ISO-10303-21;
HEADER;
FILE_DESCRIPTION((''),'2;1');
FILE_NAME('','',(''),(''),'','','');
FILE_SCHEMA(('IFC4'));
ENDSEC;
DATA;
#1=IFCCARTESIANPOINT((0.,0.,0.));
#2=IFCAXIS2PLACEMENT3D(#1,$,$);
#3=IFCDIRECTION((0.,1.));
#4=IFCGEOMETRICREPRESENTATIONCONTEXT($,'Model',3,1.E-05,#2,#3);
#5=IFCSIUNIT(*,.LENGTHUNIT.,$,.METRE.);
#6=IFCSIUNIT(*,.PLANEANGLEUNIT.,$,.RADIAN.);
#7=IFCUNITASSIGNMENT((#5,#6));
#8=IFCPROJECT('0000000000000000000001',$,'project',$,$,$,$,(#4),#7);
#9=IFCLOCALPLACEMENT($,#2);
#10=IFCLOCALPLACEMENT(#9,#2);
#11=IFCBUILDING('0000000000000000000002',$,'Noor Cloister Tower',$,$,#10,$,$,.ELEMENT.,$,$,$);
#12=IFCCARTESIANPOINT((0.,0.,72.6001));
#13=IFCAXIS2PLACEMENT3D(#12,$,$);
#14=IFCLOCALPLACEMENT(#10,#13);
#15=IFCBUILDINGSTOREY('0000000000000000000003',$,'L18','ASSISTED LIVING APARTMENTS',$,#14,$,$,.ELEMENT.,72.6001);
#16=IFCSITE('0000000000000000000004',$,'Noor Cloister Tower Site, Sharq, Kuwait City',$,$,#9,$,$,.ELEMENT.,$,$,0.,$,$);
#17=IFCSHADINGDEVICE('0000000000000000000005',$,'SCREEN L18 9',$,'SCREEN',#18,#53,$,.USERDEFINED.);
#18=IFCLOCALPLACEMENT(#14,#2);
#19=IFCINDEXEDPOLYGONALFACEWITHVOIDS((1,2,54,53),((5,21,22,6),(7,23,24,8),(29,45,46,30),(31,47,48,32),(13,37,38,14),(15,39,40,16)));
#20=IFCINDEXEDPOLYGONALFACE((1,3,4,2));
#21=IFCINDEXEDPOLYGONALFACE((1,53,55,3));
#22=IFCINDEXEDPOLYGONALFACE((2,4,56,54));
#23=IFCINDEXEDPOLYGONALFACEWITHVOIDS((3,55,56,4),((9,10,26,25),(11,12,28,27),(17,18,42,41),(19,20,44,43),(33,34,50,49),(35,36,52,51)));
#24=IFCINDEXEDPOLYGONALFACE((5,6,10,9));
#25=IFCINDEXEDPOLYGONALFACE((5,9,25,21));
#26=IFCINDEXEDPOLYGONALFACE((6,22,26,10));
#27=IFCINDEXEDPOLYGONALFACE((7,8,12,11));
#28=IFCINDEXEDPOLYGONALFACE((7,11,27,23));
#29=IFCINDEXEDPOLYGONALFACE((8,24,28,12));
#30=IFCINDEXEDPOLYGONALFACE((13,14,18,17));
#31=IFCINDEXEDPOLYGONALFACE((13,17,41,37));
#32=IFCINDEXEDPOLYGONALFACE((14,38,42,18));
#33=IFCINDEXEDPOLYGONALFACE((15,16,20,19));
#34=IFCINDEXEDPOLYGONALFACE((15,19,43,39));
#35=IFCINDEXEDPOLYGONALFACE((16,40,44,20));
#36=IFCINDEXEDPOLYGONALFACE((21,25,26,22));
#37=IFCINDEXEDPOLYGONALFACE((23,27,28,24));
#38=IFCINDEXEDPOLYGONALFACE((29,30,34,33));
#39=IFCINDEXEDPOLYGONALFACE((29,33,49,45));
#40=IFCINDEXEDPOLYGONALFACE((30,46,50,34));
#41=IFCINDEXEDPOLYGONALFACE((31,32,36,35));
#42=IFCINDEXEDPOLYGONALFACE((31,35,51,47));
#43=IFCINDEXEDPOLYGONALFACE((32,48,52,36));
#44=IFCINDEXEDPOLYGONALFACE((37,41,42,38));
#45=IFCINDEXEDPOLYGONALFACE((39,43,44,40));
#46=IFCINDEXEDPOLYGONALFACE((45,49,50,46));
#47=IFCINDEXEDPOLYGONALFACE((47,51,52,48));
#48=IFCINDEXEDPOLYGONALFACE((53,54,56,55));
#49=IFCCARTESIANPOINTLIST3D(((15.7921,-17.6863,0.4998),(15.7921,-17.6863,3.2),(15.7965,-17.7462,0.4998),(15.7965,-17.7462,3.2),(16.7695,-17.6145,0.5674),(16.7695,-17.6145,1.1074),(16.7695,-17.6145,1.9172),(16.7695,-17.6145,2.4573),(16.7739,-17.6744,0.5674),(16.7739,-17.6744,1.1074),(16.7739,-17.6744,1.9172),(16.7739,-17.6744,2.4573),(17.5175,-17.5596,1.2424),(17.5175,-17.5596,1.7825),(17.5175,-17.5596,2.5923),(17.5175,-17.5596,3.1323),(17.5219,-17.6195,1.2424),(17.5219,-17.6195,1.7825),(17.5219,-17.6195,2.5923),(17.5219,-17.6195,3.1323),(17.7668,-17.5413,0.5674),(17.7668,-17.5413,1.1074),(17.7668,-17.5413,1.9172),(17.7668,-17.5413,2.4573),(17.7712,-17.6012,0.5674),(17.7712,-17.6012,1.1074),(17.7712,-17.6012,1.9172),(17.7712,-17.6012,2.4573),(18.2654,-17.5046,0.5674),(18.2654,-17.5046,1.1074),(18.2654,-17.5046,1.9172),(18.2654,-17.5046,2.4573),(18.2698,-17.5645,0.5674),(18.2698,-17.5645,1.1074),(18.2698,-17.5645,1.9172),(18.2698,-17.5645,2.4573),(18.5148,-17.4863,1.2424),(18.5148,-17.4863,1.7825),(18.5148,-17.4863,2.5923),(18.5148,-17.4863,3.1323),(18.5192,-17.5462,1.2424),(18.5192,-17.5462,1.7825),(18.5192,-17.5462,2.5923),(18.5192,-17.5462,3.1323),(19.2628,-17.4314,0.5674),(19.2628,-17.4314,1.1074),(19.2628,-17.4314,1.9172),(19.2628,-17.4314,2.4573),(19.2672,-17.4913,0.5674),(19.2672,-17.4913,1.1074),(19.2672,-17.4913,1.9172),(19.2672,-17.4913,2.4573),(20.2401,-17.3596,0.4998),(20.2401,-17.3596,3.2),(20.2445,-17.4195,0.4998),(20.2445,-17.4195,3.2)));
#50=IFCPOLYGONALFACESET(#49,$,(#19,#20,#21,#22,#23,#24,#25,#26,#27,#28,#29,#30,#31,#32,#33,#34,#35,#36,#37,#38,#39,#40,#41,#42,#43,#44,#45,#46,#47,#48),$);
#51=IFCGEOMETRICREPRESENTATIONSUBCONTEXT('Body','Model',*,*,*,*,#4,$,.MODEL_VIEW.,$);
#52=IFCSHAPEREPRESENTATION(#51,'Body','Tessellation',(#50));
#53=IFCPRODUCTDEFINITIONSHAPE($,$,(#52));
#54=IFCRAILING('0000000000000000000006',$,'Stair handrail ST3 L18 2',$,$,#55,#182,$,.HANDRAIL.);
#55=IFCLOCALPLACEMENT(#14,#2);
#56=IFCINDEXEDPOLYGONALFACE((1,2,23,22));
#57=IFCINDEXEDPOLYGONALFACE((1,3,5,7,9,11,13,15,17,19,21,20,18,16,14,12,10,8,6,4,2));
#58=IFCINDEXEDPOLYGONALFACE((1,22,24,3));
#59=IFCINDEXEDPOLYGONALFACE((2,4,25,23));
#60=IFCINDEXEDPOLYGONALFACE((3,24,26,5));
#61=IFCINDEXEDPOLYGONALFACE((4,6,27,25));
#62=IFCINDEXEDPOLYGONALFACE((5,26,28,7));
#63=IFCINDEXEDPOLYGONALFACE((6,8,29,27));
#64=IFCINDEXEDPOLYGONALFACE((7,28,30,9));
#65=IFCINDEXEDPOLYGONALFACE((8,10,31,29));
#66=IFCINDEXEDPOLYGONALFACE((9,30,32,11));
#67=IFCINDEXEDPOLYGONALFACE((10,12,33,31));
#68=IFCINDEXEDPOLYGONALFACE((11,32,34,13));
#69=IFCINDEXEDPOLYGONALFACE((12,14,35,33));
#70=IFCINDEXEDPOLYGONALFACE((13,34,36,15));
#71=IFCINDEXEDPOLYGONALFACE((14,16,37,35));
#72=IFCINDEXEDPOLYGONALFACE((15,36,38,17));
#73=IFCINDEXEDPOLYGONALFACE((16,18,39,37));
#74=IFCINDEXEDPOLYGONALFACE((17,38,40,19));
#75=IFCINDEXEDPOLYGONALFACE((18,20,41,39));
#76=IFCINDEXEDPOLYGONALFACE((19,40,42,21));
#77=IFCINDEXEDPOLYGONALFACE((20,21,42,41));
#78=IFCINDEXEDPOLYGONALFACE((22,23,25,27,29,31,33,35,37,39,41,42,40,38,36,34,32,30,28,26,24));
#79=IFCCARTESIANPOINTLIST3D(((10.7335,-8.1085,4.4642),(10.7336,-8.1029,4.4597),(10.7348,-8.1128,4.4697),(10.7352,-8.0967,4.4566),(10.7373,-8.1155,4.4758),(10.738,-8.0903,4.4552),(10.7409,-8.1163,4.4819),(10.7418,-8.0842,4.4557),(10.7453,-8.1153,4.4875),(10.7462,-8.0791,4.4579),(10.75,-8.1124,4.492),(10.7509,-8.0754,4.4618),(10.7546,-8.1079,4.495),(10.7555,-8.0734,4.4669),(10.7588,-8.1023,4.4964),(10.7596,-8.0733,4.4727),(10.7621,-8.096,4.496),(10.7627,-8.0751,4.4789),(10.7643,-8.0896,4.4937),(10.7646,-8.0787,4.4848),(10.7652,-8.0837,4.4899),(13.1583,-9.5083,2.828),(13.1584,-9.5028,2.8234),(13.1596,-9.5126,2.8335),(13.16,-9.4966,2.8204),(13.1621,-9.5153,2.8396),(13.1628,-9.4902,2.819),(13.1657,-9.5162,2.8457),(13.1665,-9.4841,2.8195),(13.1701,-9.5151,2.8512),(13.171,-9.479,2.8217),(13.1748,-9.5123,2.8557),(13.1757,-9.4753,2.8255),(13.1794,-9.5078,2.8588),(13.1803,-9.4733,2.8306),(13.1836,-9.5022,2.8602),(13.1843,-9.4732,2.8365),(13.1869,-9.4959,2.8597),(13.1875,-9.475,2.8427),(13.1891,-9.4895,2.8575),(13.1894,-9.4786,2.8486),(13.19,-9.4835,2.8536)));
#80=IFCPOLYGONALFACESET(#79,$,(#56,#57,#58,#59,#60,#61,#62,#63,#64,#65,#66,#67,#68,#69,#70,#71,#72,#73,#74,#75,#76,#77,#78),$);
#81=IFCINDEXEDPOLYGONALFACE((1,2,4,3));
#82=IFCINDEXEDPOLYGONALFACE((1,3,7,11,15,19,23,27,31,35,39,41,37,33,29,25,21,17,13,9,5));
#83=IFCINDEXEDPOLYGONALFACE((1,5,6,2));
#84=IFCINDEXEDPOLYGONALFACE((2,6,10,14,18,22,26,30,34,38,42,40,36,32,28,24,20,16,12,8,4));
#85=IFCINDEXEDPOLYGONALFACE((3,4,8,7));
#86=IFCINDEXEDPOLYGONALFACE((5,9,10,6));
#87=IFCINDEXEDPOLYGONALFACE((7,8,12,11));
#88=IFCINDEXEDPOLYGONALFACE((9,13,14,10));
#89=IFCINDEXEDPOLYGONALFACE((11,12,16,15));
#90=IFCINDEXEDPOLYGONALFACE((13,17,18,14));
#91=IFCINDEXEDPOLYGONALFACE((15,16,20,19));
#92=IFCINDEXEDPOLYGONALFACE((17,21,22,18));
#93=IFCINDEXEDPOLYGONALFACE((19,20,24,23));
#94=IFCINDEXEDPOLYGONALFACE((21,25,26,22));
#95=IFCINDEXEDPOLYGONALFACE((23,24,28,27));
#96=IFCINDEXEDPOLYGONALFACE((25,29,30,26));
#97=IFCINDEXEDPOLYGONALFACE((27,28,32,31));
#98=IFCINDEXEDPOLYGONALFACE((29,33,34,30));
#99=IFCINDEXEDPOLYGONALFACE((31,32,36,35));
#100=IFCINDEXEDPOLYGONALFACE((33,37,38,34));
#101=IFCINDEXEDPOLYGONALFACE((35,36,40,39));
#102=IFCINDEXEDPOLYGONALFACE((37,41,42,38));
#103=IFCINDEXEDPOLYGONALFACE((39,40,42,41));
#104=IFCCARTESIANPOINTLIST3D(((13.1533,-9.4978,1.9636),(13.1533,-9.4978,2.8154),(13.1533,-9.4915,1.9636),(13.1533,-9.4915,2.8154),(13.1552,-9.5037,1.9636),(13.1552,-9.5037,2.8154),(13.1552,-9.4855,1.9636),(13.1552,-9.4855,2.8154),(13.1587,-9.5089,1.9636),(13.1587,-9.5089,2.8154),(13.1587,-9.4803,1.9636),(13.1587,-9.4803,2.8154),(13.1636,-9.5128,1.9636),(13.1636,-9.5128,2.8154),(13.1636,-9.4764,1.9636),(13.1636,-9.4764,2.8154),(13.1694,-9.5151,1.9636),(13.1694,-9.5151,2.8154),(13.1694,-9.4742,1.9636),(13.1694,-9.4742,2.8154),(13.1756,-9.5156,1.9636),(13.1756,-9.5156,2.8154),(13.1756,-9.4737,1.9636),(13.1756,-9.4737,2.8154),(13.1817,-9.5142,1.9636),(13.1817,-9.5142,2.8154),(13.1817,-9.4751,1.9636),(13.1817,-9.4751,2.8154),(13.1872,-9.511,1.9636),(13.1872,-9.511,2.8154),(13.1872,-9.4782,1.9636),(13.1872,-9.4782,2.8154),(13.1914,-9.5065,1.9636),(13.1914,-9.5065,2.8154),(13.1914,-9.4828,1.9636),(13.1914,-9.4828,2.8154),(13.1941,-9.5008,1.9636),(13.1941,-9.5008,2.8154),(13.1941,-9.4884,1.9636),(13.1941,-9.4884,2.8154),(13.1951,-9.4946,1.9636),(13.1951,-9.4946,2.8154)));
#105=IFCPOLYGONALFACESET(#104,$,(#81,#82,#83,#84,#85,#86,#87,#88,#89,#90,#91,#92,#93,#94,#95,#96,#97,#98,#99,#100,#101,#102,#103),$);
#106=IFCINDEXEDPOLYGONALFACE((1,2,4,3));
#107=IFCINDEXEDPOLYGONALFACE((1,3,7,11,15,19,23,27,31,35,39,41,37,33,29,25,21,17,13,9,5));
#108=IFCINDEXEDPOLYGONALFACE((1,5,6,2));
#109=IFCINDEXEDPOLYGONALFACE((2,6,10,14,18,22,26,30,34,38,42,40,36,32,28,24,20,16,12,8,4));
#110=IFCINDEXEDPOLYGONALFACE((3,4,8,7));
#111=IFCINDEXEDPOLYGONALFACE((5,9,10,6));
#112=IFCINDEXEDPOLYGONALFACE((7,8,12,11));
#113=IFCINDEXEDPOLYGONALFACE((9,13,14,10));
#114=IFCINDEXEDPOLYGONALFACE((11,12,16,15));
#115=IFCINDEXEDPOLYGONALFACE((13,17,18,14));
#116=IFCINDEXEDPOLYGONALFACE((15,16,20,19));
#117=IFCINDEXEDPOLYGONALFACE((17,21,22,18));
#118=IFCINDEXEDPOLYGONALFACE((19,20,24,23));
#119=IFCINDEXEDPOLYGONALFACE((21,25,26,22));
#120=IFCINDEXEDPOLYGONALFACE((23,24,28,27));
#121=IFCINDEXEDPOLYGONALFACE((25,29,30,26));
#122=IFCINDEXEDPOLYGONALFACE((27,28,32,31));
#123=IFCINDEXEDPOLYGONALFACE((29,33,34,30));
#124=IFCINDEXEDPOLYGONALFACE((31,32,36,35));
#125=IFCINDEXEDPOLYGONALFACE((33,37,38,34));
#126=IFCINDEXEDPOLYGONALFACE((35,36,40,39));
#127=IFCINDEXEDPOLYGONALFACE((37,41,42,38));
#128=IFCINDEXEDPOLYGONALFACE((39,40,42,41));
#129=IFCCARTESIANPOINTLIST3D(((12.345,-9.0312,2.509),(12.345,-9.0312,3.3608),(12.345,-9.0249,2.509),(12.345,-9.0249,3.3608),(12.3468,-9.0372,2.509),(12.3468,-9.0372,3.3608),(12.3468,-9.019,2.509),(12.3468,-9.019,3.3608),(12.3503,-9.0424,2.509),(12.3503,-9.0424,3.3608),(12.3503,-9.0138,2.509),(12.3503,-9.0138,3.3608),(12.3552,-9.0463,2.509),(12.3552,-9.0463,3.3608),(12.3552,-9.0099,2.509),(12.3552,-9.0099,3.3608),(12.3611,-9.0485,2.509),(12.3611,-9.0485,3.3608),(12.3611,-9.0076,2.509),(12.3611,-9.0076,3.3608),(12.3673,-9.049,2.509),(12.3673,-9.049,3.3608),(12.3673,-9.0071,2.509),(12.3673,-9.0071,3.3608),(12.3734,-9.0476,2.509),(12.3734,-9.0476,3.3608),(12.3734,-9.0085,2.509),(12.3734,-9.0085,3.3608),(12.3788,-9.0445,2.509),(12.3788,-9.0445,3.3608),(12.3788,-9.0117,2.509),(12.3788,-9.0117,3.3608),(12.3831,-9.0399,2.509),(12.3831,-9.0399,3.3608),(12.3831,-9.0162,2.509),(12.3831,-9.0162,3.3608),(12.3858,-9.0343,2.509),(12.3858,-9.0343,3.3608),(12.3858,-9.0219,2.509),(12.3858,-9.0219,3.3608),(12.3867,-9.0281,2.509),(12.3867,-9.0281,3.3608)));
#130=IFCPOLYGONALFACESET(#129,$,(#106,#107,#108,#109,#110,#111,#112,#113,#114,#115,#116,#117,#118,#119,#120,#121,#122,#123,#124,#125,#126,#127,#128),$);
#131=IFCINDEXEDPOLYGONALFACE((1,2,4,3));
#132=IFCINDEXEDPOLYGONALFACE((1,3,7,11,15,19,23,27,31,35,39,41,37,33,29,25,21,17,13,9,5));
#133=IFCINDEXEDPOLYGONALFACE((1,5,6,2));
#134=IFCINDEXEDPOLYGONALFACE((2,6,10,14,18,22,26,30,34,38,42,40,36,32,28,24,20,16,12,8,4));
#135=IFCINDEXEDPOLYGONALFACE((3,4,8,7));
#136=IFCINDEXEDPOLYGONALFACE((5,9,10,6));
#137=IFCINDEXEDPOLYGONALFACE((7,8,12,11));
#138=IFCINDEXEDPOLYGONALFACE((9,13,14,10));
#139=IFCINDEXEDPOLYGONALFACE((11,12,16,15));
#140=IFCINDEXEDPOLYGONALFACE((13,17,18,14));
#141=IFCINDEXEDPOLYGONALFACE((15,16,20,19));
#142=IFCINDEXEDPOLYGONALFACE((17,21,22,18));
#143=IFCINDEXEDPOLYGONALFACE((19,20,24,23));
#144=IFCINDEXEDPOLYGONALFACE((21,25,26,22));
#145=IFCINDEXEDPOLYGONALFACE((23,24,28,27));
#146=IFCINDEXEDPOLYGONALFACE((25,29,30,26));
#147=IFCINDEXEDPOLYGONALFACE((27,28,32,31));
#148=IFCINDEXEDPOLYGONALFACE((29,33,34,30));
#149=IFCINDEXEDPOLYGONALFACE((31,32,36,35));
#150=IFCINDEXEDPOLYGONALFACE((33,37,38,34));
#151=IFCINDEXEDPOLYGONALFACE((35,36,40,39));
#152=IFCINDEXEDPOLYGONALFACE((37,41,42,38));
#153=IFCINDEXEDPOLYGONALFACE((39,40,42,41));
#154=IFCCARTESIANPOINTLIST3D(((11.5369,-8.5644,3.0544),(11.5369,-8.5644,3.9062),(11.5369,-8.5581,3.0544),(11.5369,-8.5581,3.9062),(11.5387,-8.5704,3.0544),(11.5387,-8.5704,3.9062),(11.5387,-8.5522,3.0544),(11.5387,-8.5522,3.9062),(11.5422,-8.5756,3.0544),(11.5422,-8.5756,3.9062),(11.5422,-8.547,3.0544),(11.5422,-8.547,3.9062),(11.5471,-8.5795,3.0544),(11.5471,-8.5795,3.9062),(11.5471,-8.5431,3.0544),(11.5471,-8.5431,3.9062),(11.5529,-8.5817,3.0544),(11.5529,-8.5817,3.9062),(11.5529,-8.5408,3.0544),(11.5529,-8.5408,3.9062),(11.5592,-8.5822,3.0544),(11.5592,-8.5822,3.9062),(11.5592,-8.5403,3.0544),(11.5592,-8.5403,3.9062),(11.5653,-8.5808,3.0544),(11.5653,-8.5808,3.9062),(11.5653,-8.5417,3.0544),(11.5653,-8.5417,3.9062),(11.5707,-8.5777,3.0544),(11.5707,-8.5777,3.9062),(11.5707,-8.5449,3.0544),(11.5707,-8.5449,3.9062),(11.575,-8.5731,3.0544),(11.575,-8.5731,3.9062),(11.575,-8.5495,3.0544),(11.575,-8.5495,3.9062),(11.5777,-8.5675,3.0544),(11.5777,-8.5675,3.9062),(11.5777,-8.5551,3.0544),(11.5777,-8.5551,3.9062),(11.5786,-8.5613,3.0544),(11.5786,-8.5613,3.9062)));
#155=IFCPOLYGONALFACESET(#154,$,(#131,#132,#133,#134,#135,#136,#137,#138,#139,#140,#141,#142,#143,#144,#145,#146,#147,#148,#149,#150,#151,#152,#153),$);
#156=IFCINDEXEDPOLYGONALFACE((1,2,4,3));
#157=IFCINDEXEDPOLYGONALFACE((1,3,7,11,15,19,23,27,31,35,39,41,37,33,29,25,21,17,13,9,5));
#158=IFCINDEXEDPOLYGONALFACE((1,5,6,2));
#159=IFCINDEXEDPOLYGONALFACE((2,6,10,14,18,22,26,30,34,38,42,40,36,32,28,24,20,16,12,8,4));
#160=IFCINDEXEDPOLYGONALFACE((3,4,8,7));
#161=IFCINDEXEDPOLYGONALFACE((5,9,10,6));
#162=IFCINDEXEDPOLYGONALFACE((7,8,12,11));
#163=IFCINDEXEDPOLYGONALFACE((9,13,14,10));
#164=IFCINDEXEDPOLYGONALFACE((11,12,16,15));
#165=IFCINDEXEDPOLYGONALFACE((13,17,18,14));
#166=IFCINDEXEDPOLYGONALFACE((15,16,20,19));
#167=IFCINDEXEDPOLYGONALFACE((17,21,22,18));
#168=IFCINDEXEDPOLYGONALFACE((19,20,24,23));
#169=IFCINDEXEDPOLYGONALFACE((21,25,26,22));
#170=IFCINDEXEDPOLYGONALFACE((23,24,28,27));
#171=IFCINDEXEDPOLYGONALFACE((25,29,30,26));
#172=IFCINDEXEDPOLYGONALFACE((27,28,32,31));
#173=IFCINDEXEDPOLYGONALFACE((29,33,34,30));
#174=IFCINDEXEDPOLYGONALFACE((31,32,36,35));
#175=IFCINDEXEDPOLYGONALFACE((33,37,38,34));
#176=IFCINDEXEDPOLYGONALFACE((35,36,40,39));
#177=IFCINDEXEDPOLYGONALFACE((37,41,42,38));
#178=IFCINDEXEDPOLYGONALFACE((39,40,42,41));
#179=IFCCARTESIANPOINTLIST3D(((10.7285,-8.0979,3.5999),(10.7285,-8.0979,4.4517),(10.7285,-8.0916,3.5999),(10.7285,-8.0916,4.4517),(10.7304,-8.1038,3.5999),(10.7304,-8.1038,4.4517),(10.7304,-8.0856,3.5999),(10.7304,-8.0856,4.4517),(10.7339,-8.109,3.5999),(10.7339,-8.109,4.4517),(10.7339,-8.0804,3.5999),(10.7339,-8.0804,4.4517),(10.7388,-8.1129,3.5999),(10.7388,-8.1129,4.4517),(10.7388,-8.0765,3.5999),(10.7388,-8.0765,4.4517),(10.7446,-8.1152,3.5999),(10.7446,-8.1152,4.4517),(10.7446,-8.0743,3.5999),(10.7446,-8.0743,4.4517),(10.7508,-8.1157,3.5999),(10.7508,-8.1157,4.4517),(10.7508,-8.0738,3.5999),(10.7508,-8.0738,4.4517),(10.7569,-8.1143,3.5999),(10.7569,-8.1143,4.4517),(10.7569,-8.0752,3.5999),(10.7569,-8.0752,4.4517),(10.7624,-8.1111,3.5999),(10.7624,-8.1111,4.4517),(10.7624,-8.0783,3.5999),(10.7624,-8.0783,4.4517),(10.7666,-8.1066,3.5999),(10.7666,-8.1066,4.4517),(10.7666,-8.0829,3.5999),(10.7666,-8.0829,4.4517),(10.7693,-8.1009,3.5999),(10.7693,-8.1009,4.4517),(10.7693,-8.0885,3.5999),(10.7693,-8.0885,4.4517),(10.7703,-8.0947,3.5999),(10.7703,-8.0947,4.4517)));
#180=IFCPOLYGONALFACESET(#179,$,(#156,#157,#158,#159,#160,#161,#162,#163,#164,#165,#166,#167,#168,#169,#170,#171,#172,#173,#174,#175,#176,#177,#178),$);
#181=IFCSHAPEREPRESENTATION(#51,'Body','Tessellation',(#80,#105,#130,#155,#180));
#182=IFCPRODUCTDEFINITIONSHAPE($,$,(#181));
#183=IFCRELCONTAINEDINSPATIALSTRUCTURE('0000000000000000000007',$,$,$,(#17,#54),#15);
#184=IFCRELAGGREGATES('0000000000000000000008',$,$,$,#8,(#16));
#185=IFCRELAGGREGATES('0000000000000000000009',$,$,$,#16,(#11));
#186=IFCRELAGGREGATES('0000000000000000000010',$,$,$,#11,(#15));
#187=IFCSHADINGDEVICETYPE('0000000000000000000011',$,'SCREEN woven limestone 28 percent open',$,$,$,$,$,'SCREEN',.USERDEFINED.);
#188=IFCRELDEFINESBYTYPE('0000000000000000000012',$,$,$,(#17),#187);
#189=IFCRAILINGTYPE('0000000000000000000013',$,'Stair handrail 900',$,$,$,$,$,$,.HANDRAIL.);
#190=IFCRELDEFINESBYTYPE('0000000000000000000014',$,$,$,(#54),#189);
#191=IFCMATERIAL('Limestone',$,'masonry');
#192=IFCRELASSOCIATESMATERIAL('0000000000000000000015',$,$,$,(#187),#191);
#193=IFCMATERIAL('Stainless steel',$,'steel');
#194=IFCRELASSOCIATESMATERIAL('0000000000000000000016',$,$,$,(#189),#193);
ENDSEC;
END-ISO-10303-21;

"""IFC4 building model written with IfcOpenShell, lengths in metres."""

from ifc_helpers import new_model, si_unit, direction, frame, origin, origin_2d, place, context, subcontext, project, spatial, polyline, circle, outline, extrude, material, material_profile, profile_set, type_object, element, save


model = new_model("IFC4")

# Units and contexts
model_context = context("Model", 3, precision=1e-05, world=origin(), true_north=direction((0.0, 1.0)))
body_context = subcontext(model_context, "Body", "Model", "MODEL_VIEW")
ifc_project = project(units=[si_unit("LENGTHUNIT", "METRE"), si_unit("PLANEANGLEUNIT", "RADIAN")], contexts=[model_context])

# Site, building, storey
site_placement = place(None, origin())
site = spatial("IfcSite", under=ifc_project, at=site_placement, Name="Noor Cloister Tower Site, Sharq, Kuwait City", CompositionType="ELEMENT", RefElevation=0.0)
building_placement = place(site_placement, origin())
building = spatial("IfcBuilding", under=site, at=building_placement, Name="Noor Cloister Tower", CompositionType="ELEMENT")
storey_placement = place(building_placement, frame((0.0, 0.0, 72.6001)))
storey = spatial("IfcBuildingStorey", under=building, at=storey_placement, Name="L18", Description="ASSISTED LIVING APARTMENTS", CompositionType="ELEMENT", Elevation=72.6001)

# Shading device
ifc_material_1 = material(Name="Limestone", Category="masonry")
ifc_material_profile_1 = material_profile(ifc_material_1, outline(polyline([(-2.23, -1.3501), (2.23, -1.3501), (2.23, 1.3501), (-2.23, 1.3501), (-2.23, -1.3501)]), holes=[polyline([(-1.25, -1.2825), (-0.25, -1.2825), (-0.25, -0.7424), (-1.25, -0.7424), (-1.25, -1.2825)]), polyline([(0.25, -1.2825), (1.25, -1.2825), (1.25, -0.7424), (0.25, -0.7424), (0.25, -1.2825)]), polyline([(-0.5, -0.6074), (0.5, -0.6074), (0.5, -0.0674), (-0.5, -0.0674), (-0.5, -0.6074)]), polyline([(-1.25, 0.0674), (-0.25, 0.0674), (-0.25, 0.6074), (-1.25, 0.6074), (-1.25, 0.0674)]), polyline([(0.25, 0.0674), (1.25, 0.0674), (1.25, 0.6074), (0.25, 0.6074), (0.25, 0.0674)]), polyline([(-0.5, 0.7424), (0.5, 0.7424), (0.5, 1.2825), (-0.5, 1.2825), (-0.5, 0.7424)])]), Name="Woven screen 28 percent open")
ifc_profile_set_1 = profile_set([ifc_material_profile_1], Name="Limestone")
shading_device_type = type_object("IfcShadingDeviceType", Name="SCREEN woven limestone 28 percent open", ElementType="SCREEN", PredefinedType="USERDEFINED", material=ifc_profile_set_1)
shading_device_1_placement = place(storey_placement, frame((18.0161, -17.5229, 1.8499), z_axis=(0.073272, -0.997312, 0.0), x_axis=(0.997312, 0.073272, 0.0)))
element("IfcShadingDevice", 1, at=shading_device_1_placement, inside=storey, type_object=shading_device_type, Name="SCREEN L18 9", ObjectType="SCREEN", PredefinedType="USERDEFINED", context=body_context, shape_type="SweptSolid", body=[
    extrude(outline(polyline([(-2.23, -1.3501), (2.23, -1.3501), (2.23, 1.3501), (-2.23, 1.3501), (-2.23, -1.3501)]), holes=[polyline([(-1.25, -1.2825), (-0.25, -1.2825), (-0.25, -0.7424), (-1.25, -0.7424), (-1.25, -1.2825)]), polyline([(0.25, -1.2825), (1.25, -1.2825), (1.25, -0.7424), (0.25, -0.7424), (0.25, -1.2825)]), polyline([(-0.5, -0.6074), (0.5, -0.6074), (0.5, -0.0674), (-0.5, -0.0674), (-0.5, -0.6074)]), polyline([(-1.25, 0.0674), (-0.25, 0.0674), (-0.25, 0.6074), (-1.25, 0.6074), (-1.25, 0.0674)]), polyline([(0.25, 0.0674), (1.25, 0.0674), (1.25, 0.6074), (0.25, 0.6074), (0.25, 0.0674)]), polyline([(-0.5, 0.7424), (0.5, 0.7424), (0.5, 1.2825), (-0.5, 1.2825), (-0.5, 0.7424)])]), origin(), (0.0, 0.0, 1.0), 0.0601),
])

# Railing
ifc_material_2 = material(Name="Stainless steel", Category="steel")
railing_type = type_object("IfcRailingType", Name="Stair handrail 900", PredefinedType="HANDRAIL", material=ifc_material_2)
railing_placement = place(storey_placement, frame((13.1741, -9.4946, 1.9636)))
element("IfcRailing", 2, at=railing_placement, inside=storey, type_object=railing_type, Name="Stair handrail ST3 L18 2", PredefinedType="HANDRAIL", context=body_context, shape_type="SweptSolid", body=[
    extrude(circle(Radius=0.0239, at=origin_2d()), frame((0.0, 0.0, 0.876), z_axis=(-0.747718, 0.431677, 0.504552), x_axis=(-0.499984, -0.866035, 0.0)), (0.0, 0.0, 1.0), 3.2429),
    extrude(circle(Radius=0.021, at=origin_2d()), origin(), (0.0, 0.0, 1.0), 0.8518),
    extrude(circle(Radius=0.021, at=origin_2d()), frame((-0.8083, 0.4666, 0.5454)), (0.0, 0.0, 1.0), 0.8518),
    extrude(circle(Radius=0.021, at=origin_2d()), frame((-1.6165, 0.9333, 1.0908)), (0.0, 0.0, 1.0), 0.8518),
    extrude(circle(Radius=0.021, at=origin_2d()), frame((-2.4248, 1.3999, 1.6362)), (0.0, 0.0, 1.0), 0.8518),
])

save(model, "model.ifc")
